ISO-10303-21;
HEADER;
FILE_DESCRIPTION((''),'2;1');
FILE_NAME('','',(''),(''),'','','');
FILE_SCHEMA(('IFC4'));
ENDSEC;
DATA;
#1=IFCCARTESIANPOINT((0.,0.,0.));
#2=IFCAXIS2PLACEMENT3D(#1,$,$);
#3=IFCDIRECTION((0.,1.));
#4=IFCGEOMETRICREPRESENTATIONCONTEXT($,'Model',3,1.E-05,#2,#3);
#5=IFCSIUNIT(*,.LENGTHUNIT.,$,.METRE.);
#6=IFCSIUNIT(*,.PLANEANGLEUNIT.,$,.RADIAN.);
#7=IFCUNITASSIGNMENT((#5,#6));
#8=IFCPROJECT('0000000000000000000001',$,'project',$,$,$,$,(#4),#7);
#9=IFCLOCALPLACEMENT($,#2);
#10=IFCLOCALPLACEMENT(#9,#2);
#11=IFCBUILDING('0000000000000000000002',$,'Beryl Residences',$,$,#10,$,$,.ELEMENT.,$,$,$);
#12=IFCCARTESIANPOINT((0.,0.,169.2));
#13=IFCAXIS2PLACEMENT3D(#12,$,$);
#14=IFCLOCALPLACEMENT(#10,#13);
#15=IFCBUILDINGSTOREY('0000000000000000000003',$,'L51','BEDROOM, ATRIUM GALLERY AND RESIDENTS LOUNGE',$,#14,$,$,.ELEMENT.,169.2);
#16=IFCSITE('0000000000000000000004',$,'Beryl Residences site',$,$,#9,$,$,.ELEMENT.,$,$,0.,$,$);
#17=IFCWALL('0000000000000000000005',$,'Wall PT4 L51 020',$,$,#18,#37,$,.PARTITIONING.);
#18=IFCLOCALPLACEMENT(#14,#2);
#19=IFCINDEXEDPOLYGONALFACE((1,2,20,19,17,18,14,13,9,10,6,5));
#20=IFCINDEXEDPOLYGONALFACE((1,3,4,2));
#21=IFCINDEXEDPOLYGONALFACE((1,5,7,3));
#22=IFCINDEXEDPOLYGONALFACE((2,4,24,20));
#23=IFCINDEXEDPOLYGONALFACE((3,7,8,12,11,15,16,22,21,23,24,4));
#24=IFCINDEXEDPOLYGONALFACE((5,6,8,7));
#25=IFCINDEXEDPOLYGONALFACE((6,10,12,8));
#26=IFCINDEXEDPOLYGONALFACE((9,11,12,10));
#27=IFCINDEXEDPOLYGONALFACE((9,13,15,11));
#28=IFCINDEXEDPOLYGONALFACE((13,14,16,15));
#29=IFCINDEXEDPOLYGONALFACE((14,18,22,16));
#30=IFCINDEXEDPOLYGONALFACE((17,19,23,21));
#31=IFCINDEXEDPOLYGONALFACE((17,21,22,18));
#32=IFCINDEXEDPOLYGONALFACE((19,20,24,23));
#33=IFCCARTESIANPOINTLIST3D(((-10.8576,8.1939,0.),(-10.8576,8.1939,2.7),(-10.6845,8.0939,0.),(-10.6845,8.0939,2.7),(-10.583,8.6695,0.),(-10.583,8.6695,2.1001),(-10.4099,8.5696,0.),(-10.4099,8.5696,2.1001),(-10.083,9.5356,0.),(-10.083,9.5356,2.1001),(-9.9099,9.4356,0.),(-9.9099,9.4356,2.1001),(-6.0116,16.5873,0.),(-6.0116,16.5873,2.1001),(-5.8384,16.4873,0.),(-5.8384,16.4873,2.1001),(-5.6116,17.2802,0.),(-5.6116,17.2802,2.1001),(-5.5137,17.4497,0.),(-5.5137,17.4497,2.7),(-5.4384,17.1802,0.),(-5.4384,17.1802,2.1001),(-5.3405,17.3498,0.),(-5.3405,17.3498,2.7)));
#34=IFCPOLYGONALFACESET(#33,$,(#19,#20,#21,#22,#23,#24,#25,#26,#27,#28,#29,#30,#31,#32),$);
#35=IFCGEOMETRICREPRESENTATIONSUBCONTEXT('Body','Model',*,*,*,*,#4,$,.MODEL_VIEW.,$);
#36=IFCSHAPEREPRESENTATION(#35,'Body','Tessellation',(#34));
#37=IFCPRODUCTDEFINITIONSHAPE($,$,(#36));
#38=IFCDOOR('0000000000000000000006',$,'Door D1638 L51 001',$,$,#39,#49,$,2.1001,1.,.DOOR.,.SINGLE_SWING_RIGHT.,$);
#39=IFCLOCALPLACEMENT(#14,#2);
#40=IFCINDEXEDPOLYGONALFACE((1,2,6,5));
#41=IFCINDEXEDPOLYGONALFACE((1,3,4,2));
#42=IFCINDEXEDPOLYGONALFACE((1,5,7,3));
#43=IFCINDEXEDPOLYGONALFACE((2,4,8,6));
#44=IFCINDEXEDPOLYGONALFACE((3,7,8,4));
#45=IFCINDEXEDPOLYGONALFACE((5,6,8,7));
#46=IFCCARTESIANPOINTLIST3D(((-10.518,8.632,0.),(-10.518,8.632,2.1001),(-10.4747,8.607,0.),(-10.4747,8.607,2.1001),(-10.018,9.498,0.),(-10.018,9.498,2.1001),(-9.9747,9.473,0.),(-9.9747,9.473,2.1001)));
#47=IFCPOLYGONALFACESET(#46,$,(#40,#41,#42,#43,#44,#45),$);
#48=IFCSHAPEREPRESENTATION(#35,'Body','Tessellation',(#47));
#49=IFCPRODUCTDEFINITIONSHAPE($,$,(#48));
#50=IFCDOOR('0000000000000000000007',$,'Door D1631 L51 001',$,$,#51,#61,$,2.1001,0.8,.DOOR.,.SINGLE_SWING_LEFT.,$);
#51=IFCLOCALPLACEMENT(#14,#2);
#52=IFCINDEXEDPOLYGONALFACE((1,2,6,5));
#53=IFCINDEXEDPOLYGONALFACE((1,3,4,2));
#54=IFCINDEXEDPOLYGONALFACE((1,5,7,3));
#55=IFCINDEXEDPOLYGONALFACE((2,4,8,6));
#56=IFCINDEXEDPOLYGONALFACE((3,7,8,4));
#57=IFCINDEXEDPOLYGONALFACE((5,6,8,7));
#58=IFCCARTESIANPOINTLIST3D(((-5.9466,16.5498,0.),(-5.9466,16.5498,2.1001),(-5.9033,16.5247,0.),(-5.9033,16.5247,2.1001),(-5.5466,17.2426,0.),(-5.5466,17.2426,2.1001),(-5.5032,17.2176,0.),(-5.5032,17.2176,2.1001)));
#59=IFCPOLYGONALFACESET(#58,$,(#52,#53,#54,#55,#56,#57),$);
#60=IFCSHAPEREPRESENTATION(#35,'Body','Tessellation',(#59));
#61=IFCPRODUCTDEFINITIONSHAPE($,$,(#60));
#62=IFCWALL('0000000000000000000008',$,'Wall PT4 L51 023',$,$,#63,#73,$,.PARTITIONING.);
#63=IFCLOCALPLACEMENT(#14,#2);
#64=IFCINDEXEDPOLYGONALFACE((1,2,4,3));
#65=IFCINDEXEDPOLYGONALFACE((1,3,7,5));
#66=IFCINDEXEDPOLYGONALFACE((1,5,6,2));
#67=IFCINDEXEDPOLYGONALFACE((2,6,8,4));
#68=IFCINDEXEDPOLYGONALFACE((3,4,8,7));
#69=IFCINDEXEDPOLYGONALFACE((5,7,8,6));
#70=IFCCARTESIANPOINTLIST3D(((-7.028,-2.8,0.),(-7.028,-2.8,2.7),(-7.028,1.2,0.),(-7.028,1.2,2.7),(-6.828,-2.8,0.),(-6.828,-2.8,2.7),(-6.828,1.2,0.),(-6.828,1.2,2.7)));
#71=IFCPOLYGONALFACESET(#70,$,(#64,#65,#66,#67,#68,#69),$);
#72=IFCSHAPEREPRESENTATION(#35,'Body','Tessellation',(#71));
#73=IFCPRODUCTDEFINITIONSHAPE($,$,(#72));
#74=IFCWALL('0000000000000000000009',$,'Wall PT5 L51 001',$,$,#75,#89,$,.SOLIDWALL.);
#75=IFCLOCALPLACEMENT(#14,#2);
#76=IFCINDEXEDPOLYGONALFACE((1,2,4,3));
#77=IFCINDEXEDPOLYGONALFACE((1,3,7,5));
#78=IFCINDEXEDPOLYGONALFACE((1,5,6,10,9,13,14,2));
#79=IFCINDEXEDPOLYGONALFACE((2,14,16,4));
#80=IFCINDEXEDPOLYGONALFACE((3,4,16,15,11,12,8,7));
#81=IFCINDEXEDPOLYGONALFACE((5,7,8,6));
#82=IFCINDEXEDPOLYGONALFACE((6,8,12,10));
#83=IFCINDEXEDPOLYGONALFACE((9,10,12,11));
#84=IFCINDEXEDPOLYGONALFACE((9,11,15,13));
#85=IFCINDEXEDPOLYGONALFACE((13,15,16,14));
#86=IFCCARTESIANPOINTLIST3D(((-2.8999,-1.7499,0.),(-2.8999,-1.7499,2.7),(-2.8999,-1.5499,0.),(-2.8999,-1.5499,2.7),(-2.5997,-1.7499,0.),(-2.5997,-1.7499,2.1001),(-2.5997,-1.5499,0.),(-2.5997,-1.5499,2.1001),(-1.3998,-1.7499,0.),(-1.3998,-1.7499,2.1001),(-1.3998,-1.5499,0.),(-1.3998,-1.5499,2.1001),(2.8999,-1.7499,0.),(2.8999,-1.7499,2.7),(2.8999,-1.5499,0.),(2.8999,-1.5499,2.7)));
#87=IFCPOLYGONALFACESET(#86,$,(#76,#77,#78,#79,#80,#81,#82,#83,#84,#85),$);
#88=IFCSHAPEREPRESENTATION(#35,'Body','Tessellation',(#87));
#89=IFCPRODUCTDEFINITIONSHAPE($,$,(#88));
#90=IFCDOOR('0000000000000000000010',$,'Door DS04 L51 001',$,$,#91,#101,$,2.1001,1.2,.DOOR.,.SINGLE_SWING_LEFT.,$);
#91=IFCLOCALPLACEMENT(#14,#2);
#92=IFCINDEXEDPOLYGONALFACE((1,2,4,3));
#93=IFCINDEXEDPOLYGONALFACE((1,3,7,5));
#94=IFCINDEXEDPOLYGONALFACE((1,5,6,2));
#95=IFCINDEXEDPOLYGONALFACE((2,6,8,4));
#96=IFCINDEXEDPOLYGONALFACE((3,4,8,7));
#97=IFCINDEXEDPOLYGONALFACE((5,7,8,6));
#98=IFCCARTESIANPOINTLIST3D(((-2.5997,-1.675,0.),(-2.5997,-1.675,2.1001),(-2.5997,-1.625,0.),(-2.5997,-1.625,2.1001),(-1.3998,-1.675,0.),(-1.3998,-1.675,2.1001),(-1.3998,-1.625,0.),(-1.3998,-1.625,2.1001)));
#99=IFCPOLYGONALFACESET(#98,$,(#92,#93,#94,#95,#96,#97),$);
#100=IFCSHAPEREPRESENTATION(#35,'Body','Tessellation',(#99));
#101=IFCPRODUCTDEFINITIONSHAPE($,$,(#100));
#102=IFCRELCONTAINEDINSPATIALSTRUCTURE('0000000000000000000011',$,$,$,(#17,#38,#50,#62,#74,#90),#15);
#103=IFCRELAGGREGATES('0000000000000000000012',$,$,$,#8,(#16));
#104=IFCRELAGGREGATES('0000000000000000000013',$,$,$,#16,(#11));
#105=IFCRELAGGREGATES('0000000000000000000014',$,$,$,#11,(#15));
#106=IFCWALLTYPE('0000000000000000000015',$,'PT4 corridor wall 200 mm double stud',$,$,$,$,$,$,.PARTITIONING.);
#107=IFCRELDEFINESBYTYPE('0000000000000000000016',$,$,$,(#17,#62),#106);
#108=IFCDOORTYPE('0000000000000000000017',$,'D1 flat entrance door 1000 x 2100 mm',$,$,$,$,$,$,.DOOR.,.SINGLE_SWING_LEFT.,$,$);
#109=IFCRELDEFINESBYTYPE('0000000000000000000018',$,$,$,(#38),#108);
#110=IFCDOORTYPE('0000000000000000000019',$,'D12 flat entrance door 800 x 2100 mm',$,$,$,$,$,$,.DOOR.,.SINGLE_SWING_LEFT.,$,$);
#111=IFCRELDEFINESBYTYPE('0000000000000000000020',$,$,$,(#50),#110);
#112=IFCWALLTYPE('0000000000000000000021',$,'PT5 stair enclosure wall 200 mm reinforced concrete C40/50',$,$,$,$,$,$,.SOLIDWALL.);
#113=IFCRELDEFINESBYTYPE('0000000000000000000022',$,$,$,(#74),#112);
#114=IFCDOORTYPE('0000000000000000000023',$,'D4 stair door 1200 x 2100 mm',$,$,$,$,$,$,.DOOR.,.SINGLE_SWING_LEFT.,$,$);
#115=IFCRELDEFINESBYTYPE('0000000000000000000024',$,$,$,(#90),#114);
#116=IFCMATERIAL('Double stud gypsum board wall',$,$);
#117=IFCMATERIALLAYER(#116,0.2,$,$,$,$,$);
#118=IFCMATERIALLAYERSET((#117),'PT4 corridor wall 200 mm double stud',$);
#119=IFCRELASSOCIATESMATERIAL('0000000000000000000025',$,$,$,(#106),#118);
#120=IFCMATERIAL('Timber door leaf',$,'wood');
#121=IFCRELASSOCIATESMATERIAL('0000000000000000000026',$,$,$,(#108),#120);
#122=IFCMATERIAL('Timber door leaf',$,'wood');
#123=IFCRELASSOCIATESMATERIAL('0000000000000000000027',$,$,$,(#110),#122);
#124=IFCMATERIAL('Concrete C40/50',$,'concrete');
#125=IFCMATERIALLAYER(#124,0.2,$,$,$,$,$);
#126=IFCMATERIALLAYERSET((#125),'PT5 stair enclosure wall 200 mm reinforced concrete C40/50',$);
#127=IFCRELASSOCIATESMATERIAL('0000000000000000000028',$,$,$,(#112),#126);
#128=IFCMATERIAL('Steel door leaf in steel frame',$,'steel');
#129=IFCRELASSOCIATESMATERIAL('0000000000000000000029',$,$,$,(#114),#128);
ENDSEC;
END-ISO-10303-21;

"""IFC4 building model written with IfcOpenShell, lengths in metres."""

from ifc_helpers import new_model, si_unit, direction, frame, frame_2d, origin, place, context, subcontext, project, spatial, rectangle, extrude, material, layer, layer_set, type_object, element, fill, save


model = new_model("IFC4")

# Units and contexts
model_context = context("Model", 3, precision=1e-05, world=origin(), true_north=direction((0.0, 1.0)))
body_context = subcontext(model_context, "Body", "Model", "MODEL_VIEW")
ifc_project = project(units=[si_unit("LENGTHUNIT", "METRE"), si_unit("PLANEANGLEUNIT", "RADIAN")], contexts=[model_context])

# Site, building, storey
site_placement = place(None, origin())
site = spatial("IfcSite", under=ifc_project, at=site_placement, Name="Beryl Residences site", CompositionType="ELEMENT", RefElevation=0.0)
building_placement = place(site_placement, origin())
building = spatial("IfcBuilding", under=site, at=building_placement, Name="Beryl Residences", CompositionType="ELEMENT")
storey_placement = place(building_placement, frame((0.0, 0.0, 169.2)))
storey = spatial("IfcBuildingStorey", under=building, at=storey_placement, Name="L51", Description="BEDROOM, ATRIUM GALLERY AND RESIDENTS LOUNGE", CompositionType="ELEMENT", Elevation=169.2)

# Shared definitions
ifc_material_1 = material(Name="Double stud gypsum board wall")
ifc_layer_1 = layer(ifc_material_1, 0.2)
ifc_layer_set_1 = layer_set([ifc_layer_1], Name="PT4 corridor wall 200 mm double stud")
wall_type_1 = type_object("IfcWallType", Name="PT4 corridor wall 200 mm double stud", PredefinedType="PARTITIONING", material=ifc_layer_set_1)

# Shared definitions
ifc_material_2 = material(Name="Timber door leaf", Category="wood")
door_type_1 = type_object("IfcDoorType", Name="D1 flat entrance door 1000 x 2100 mm", OperationType="SINGLE_SWING_LEFT", PredefinedType="DOOR", material=ifc_material_2)

# Wall, openings, doors
wall_1_placement = place(storey_placement, frame((-10.771, 8.144, 0.0), z_axis=(0.0, 0.0, 1.0), x_axis=(0.500009, 0.86602, 0.0)))
wall_1 = element("IfcWall", 1, at=wall_1_placement, inside=storey, type_object=wall_type_1, Name="Wall PT4 L51 020", PredefinedType="PARTITIONING", context=body_context, shape_type="SweptSolid", body=[
    extrude(rectangle(XDim=10.6877, YDim=0.2, at=frame_2d((5.3438, 0.0))), origin(), (0.0, 0.0, 1.0), 2.7),
])
opening_1_placement = place(wall_1_placement, frame((9.6919, 0.0, 0.0)))
opening_1 = element("IfcOpeningElement", 2, at=opening_1_placement, cuts=wall_1, PredefinedType="OPENING", context=body_context, shape_type="SweptSolid", body=[
    extrude(rectangle(XDim=0.8, YDim=2.1001, at=frame_2d((0.3999, 1.05))), frame((0.0, 0.1099, 0.0), z_axis=(0.0, -1.0, 0.0), x_axis=(1.0, 0.0, 0.0)), (0.0, 0.0, 1.0), 0.22),
])
opening_2_placement = place(wall_1_placement, frame((0.5491, 0.0, 0.0)))
opening_2 = element("IfcOpeningElement", 3, at=opening_2_placement, cuts=wall_1, PredefinedType="OPENING", context=body_context, shape_type="SweptSolid", body=[
    extrude(rectangle(XDim=1.0, YDim=2.1001, at=frame_2d((0.5, 1.05))), frame((0.0, 0.1099, 0.0), z_axis=(0.0, -1.0, 0.0), x_axis=(1.0, 0.0, 0.0)), (0.0, 0.0, 1.0), 0.22),
])
door_1_placement = place(opening_2_placement, origin())
door_1 = element("IfcDoor", 4, at=door_1_placement, inside=storey, type_object=door_type_1, Name="Door D1638 L51 001", OperationType="SINGLE_SWING_RIGHT", OverallHeight=2.1001, OverallWidth=1.0, PredefinedType="DOOR", context=body_context, shape_type="SweptSolid", body=[
    extrude(rectangle(XDim=1.0, YDim=2.1001, at=frame_2d((0.5, 1.05))), frame((0.0, 0.0249, 0.0), z_axis=(0.0, -1.0, 0.0), x_axis=(1.0, 0.0, 0.0)), (0.0, 0.0, 1.0), 0.05),
])
fill(opening_2, door_1)
ifc_material_3 = material(Name="Timber door leaf", Category="wood")
door_type_2 = type_object("IfcDoorType", Name="D12 flat entrance door 800 x 2100 mm", OperationType="SINGLE_SWING_LEFT", PredefinedType="DOOR", material=ifc_material_3)
door_2_placement = place(opening_1_placement, origin())
door_2 = element("IfcDoor", 5, at=door_2_placement, inside=storey, type_object=door_type_2, Name="Door D1631 L51 001", OperationType="SINGLE_SWING_LEFT", OverallHeight=2.1001, OverallWidth=0.8, PredefinedType="DOOR", context=body_context, shape_type="SweptSolid", body=[
    extrude(rectangle(XDim=0.8, YDim=2.1001, at=frame_2d((0.3999, 1.05))), frame((0.0, 0.0249, 0.0), z_axis=(0.0, -1.0, 0.0), x_axis=(1.0, 0.0, 0.0)), (0.0, 0.0, 1.0), 0.05),
])
fill(opening_1, door_2)

# Wall
wall_2_placement = place(storey_placement, frame((-6.928, -2.8, 0.0), z_axis=(0.0, 0.0, 1.0), x_axis=(0.0, 1.0, 0.0)))
element("IfcWall", 6, at=wall_2_placement, inside=storey, type_object=wall_type_1, Name="Wall PT4 L51 023", PredefinedType="PARTITIONING", context=body_context, shape_type="SweptSolid", body=[
    extrude(rectangle(XDim=4.0, YDim=0.2, at=frame_2d((2.0, 0.0))), origin(), (0.0, 0.0, 1.0), 2.7),
])

# Wall, opening, door
ifc_material_4 = material(Name="Concrete C40/50", Category="concrete")
ifc_layer_2 = layer(ifc_material_4, 0.2)
ifc_layer_set_2 = layer_set([ifc_layer_2], Name="PT5 stair enclosure wall 200 mm reinforced concrete C40/50")
wall_type_2 = type_object("IfcWallType", Name="PT5 stair enclosure wall 200 mm reinforced concrete C40/50", PredefinedType="SOLIDWALL", material=ifc_layer_set_2)
wall_3_placement = place(storey_placement, frame((-2.8999, -1.6499, 0.0), z_axis=(0.0, 0.0, 1.0), x_axis=(1.0, 0.0, 0.0)))
wall_3 = element("IfcWall", 7, at=wall_3_placement, inside=storey, type_object=wall_type_2, Name="Wall PT5 L51 001", PredefinedType="SOLIDWALL", context=body_context, shape_type="SweptSolid", body=[
    extrude(rectangle(XDim=5.7998, YDim=0.2, at=frame_2d((2.8999, 0.0))), origin(), (0.0, 0.0, 1.0), 2.7),
])
opening_3_placement = place(wall_3_placement, frame((0.3, 0.0, 0.0)))
opening_3 = element("IfcOpeningElement", 8, at=opening_3_placement, cuts=wall_3, PredefinedType="OPENING", context=body_context, shape_type="SweptSolid", body=[
    extrude(rectangle(XDim=1.2, YDim=2.1001, at=frame_2d((0.6001, 1.05))), frame((0.0, 0.1099, 0.0), z_axis=(0.0, -1.0, 0.0), x_axis=(1.0, 0.0, 0.0)), (0.0, 0.0, 1.0), 0.22),
])
ifc_material_5 = material(Name="Steel door leaf in steel frame", Category="steel")
door_type_3 = type_object("IfcDoorType", Name="D4 stair door 1200 x 2100 mm", OperationType="SINGLE_SWING_LEFT", PredefinedType="DOOR", material=ifc_material_5)
door_3_placement = place(opening_3_placement, origin())
door_3 = element("IfcDoor", 9, at=door_3_placement, inside=storey, type_object=door_type_3, Name="Door DS04 L51 001", OperationType="SINGLE_SWING_LEFT", OverallHeight=2.1001, OverallWidth=1.2, PredefinedType="DOOR", context=body_context, shape_type="SweptSolid", body=[
    extrude(rectangle(XDim=1.2, YDim=2.1001, at=frame_2d((0.6001, 1.05))), frame((0.0, 0.0249, 0.0), z_axis=(0.0, -1.0, 0.0), x_axis=(1.0, 0.0, 0.0)), (0.0, 0.0, 1.0), 0.05),
])
fill(opening_3, door_3)

save(model, "model.ifc")
